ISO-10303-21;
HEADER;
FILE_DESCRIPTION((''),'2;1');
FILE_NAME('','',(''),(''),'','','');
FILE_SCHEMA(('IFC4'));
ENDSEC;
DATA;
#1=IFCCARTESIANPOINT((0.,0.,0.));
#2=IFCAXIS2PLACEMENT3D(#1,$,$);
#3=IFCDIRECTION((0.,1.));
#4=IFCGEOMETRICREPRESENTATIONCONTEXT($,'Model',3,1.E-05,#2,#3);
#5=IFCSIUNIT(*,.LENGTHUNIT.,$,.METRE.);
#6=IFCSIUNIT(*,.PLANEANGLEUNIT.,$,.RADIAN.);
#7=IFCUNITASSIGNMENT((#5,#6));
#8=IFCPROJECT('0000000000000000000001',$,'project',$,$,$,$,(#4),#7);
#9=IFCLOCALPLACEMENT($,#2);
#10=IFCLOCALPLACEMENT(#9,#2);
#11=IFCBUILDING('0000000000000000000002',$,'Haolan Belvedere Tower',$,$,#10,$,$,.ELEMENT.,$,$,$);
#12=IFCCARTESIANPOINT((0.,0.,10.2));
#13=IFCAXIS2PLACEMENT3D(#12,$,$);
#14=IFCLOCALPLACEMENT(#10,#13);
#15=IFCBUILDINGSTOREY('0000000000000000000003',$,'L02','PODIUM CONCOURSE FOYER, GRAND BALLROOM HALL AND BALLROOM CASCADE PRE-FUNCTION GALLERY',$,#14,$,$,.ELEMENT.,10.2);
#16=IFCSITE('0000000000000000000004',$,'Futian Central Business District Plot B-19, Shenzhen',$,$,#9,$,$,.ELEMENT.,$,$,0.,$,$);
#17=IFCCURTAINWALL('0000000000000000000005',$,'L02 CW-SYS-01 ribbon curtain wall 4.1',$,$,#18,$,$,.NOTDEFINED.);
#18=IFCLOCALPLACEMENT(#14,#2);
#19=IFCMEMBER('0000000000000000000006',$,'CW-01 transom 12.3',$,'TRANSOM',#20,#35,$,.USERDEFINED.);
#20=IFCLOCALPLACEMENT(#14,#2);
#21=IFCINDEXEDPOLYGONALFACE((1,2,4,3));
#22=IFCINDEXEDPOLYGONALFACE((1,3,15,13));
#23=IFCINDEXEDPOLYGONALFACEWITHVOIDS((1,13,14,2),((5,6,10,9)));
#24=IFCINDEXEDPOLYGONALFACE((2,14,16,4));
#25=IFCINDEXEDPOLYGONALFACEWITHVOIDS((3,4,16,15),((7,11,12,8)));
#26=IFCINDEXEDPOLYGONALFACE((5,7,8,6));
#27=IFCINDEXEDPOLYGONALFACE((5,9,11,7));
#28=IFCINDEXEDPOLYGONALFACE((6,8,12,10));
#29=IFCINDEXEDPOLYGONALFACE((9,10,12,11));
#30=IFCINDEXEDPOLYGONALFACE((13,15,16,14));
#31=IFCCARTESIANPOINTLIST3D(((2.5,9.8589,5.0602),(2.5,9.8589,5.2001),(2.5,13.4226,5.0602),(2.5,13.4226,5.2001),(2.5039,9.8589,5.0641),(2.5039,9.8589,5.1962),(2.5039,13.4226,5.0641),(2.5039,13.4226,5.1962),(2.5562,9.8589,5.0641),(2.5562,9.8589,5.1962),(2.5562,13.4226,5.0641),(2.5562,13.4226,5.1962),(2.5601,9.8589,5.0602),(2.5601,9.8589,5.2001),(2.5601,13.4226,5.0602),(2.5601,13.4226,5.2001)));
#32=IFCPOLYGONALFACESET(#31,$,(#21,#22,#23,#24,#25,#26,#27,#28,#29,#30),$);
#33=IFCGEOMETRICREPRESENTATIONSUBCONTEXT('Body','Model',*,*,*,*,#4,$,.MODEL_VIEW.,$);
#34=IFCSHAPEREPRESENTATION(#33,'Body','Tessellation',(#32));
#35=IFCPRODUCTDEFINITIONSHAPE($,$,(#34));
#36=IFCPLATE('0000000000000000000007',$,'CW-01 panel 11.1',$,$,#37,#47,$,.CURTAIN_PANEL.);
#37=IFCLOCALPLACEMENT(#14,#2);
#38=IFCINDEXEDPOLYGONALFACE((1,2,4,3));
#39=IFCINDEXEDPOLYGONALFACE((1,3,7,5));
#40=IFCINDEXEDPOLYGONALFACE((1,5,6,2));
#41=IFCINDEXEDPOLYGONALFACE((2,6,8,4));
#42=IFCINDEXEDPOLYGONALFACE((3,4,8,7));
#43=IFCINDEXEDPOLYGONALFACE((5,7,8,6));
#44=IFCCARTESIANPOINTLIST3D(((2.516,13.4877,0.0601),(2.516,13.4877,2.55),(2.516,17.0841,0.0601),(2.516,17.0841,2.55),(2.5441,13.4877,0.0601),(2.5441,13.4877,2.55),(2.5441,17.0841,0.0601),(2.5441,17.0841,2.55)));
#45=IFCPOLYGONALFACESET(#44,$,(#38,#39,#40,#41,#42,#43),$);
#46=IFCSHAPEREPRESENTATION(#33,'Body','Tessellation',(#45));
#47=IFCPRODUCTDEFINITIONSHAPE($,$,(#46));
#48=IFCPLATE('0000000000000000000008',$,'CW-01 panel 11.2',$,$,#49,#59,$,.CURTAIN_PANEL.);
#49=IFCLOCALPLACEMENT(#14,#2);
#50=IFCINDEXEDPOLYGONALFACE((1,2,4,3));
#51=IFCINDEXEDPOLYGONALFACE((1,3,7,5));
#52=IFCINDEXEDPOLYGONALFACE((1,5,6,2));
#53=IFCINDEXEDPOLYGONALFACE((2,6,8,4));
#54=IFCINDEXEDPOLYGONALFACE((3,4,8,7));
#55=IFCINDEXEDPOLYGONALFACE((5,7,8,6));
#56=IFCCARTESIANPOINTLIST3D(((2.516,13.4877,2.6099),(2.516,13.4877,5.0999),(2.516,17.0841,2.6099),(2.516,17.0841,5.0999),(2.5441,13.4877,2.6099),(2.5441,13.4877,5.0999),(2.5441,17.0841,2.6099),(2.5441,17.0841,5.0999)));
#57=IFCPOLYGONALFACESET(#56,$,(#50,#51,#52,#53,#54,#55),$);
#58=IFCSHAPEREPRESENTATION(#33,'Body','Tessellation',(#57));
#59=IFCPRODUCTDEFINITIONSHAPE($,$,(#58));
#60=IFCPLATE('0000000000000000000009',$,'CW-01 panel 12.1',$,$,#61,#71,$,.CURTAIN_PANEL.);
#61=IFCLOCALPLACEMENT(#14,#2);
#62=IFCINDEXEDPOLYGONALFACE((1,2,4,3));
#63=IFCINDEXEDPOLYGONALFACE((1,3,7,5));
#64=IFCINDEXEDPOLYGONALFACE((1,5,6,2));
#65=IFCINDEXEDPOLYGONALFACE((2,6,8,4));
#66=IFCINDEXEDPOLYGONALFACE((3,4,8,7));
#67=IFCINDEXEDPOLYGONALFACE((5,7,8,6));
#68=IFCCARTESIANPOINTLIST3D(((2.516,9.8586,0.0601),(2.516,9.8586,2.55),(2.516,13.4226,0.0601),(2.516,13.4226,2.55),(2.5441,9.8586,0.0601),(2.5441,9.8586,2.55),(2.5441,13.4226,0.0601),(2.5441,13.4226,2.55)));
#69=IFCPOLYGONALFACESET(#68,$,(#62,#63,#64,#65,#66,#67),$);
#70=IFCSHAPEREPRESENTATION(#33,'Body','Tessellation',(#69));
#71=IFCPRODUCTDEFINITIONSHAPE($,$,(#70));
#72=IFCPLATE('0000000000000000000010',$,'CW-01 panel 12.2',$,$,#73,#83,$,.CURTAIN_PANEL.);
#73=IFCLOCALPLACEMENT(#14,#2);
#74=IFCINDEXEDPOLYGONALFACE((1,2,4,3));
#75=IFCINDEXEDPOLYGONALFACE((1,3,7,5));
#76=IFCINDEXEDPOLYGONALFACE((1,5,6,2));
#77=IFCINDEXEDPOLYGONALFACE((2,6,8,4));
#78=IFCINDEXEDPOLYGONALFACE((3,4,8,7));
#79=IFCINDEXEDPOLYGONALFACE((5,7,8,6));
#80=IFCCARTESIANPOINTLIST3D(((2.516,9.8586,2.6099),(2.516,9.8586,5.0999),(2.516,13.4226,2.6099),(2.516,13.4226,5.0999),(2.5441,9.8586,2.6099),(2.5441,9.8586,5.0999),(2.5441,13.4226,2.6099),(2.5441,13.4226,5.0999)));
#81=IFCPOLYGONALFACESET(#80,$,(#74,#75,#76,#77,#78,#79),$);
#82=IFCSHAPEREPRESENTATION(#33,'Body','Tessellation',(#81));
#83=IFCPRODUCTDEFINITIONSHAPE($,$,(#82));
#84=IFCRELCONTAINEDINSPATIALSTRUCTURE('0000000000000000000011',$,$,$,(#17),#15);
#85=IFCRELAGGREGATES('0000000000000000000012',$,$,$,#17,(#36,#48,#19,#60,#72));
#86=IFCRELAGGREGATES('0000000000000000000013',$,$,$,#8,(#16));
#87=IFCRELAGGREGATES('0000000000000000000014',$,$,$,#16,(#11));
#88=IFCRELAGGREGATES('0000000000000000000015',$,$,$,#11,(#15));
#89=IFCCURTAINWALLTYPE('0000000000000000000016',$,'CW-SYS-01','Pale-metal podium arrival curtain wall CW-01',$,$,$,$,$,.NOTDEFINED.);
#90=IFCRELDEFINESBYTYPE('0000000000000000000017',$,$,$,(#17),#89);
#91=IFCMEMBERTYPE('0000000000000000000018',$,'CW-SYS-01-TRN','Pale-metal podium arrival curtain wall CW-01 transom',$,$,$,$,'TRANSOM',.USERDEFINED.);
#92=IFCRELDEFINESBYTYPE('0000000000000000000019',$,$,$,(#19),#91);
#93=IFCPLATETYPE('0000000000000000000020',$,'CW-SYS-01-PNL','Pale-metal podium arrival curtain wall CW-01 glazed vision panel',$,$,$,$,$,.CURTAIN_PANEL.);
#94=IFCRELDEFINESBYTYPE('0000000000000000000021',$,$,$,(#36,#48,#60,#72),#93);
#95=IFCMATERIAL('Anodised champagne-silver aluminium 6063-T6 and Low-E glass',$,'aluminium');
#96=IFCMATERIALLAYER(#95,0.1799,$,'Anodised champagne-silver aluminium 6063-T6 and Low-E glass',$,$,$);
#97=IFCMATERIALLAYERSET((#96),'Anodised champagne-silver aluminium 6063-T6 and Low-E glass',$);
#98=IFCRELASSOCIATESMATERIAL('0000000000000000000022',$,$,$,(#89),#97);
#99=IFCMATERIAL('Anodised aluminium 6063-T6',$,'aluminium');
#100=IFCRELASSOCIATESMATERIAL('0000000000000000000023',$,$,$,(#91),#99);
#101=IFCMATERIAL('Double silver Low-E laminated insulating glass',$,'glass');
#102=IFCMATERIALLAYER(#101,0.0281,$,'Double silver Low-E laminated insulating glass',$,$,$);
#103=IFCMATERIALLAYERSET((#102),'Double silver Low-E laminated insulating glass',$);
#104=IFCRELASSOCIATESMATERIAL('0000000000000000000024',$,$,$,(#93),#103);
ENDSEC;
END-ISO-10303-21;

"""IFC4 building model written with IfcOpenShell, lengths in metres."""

from ifc_helpers import new_model, si_unit, direction, frame, origin, origin_2d, place, context, subcontext, project, spatial, rectangle, hollow_rectangle, extrude, material, layer, layer_set, material_profile, profile_set, type_object, element, aggregate, save


model = new_model("IFC4")

# Units and contexts
model_context = context("Model", 3, precision=1e-05, world=origin(), true_north=direction((0.0, 1.0)))
body_context = subcontext(model_context, "Body", "Model", "MODEL_VIEW")
ifc_project = project(units=[si_unit("LENGTHUNIT", "METRE"), si_unit("PLANEANGLEUNIT", "RADIAN")], contexts=[model_context])

# Site, building, storey
site_placement = place(None, origin())
site = spatial("IfcSite", under=ifc_project, at=site_placement, Name="Futian Central Business District Plot B-19, Shenzhen", CompositionType="ELEMENT", RefElevation=0.0)
building_placement = place(site_placement, origin())
building = spatial("IfcBuilding", under=site, at=building_placement, Name="Haolan Belvedere Tower", CompositionType="ELEMENT")
storey_placement = place(building_placement, frame((0.0, 0.0, 10.2)))
storey = spatial("IfcBuildingStorey", under=building, at=storey_placement, Name="L02", Description="PODIUM CONCOURSE FOYER, GRAND BALLROOM HALL AND BALLROOM CASCADE PRE-FUNCTION GALLERY", CompositionType="ELEMENT", Elevation=10.2)

# Curtain wall, member, plates
ifc_material_1 = material(Name="Anodised champagne-silver aluminium 6063-T6 and Low-E glass", Category="aluminium")
ifc_layer_1 = layer(ifc_material_1, 0.1799, Name="Anodised champagne-silver aluminium 6063-T6 and Low-E glass")
ifc_layer_set_1 = layer_set([ifc_layer_1], Name="Anodised champagne-silver aluminium 6063-T6 and Low-E glass")
curtain_wall_type = type_object("IfcCurtainWallType", Name="CW-SYS-01", Description="Pale-metal podium arrival curtain wall CW-01", PredefinedType="NOTDEFINED", material=ifc_layer_set_1)
curtain_wall_placement = place(storey_placement, origin())
curtain_wall = element("IfcCurtainWall", 1, at=curtain_wall_placement, inside=storey, type_object=curtain_wall_type, Name="L02 CW-SYS-01 ribbon curtain wall 4.1", PredefinedType="NOTDEFINED")
ifc_material_2 = material(Name="Anodised aluminium 6063-T6", Category="aluminium")
ifc_material_profile_1 = material_profile(ifc_material_2, hollow_rectangle(XDim=0.0601, YDim=0.1399, WallThickness=0.0039, at=origin_2d()), Name="Anodised aluminium 6063-T6")
ifc_profile_set_1 = profile_set([ifc_material_profile_1], Name="Anodised aluminium 6063-T6")
member_type_1 = type_object("IfcMemberType", Name="CW-SYS-01-TRN", Description="Pale-metal podium arrival curtain wall CW-01 transom", ElementType="TRANSOM", PredefinedType="USERDEFINED", material=ifc_profile_set_1)
member_1_placement = place(storey_placement, frame((2.53, 13.4226, 5.1301), z_axis=(0.0, -1.0, 0.0), x_axis=(1.0, 0.0, 0.0)))
member_1 = element("IfcMember", 2, at=member_1_placement, type_object=member_type_1, Name="CW-01 transom 12.3", ObjectType="TRANSOM", PredefinedType="USERDEFINED", context=body_context, shape_type="SweptSolid", body=[
    extrude(hollow_rectangle(XDim=0.0601, YDim=0.1399, WallThickness=0.0039, at=origin_2d()), origin(), (0.0, 0.0, 1.0), 3.5637),
])
ifc_material_3 = material(Name="Double silver Low-E laminated insulating glass", Category="glass")
ifc_layer_2 = layer(ifc_material_3, 0.0281, Name="Double silver Low-E laminated insulating glass")
ifc_layer_set_2 = layer_set([ifc_layer_2], Name="Double silver Low-E laminated insulating glass")
plate_type = type_object("IfcPlateType", Name="CW-SYS-01-PNL", Description="Pale-metal podium arrival curtain wall CW-01 glazed vision panel", PredefinedType="CURTAIN_PANEL", material=ifc_layer_set_2)
plate_1_placement = place(storey_placement, frame((2.53, 15.2859, 0.0601), z_axis=(0.0, 0.0, 1.0), x_axis=(0.0, -1.0, 0.0)))
plate_1 = element("IfcPlate", 3, at=plate_1_placement, type_object=plate_type, Name="CW-01 panel 11.1", PredefinedType="CURTAIN_PANEL", context=body_context, shape_type="SweptSolid", body=[
    extrude(rectangle(XDim=3.5964, YDim=0.0281, at=origin_2d()), origin(), (0.0, 0.0, 1.0), 2.49),
])
plate_2_placement = place(storey_placement, frame((2.53, 15.2859, 2.6099), z_axis=(0.0, 0.0, 1.0), x_axis=(0.0, -1.0, 0.0)))
plate_2 = element("IfcPlate", 4, at=plate_2_placement, type_object=plate_type, Name="CW-01 panel 11.2", PredefinedType="CURTAIN_PANEL", context=body_context, shape_type="SweptSolid", body=[
    extrude(rectangle(XDim=3.5964, YDim=0.0281, at=origin_2d()), origin(), (0.0, 0.0, 1.0), 2.49),
])
plate_3_placement = place(storey_placement, frame((2.53, 11.6406, 0.0601), z_axis=(0.0, 0.0, 1.0), x_axis=(0.0, -1.0, 0.0)))
plate_3 = element("IfcPlate", 5, at=plate_3_placement, type_object=plate_type, Name="CW-01 panel 12.1", PredefinedType="CURTAIN_PANEL", context=body_context, shape_type="SweptSolid", body=[
    extrude(rectangle(XDim=3.564, YDim=0.0281, at=origin_2d()), origin(), (0.0, 0.0, 1.0), 2.49),
])
plate_4_placement = place(storey_placement, frame((2.53, 11.6406, 2.6099), z_axis=(0.0, 0.0, 1.0), x_axis=(0.0, -1.0, 0.0)))
plate_4 = element("IfcPlate", 6, at=plate_4_placement, type_object=plate_type, Name="CW-01 panel 12.2", PredefinedType="CURTAIN_PANEL", context=body_context, shape_type="SweptSolid", body=[
    extrude(rectangle(XDim=3.564, YDim=0.0281, at=origin_2d()), origin(), (0.0, 0.0, 1.0), 2.49),
])
aggregate(curtain_wall, [plate_1, plate_2, member_1, plate_3, plate_4])

save(model, "model.ifc")
